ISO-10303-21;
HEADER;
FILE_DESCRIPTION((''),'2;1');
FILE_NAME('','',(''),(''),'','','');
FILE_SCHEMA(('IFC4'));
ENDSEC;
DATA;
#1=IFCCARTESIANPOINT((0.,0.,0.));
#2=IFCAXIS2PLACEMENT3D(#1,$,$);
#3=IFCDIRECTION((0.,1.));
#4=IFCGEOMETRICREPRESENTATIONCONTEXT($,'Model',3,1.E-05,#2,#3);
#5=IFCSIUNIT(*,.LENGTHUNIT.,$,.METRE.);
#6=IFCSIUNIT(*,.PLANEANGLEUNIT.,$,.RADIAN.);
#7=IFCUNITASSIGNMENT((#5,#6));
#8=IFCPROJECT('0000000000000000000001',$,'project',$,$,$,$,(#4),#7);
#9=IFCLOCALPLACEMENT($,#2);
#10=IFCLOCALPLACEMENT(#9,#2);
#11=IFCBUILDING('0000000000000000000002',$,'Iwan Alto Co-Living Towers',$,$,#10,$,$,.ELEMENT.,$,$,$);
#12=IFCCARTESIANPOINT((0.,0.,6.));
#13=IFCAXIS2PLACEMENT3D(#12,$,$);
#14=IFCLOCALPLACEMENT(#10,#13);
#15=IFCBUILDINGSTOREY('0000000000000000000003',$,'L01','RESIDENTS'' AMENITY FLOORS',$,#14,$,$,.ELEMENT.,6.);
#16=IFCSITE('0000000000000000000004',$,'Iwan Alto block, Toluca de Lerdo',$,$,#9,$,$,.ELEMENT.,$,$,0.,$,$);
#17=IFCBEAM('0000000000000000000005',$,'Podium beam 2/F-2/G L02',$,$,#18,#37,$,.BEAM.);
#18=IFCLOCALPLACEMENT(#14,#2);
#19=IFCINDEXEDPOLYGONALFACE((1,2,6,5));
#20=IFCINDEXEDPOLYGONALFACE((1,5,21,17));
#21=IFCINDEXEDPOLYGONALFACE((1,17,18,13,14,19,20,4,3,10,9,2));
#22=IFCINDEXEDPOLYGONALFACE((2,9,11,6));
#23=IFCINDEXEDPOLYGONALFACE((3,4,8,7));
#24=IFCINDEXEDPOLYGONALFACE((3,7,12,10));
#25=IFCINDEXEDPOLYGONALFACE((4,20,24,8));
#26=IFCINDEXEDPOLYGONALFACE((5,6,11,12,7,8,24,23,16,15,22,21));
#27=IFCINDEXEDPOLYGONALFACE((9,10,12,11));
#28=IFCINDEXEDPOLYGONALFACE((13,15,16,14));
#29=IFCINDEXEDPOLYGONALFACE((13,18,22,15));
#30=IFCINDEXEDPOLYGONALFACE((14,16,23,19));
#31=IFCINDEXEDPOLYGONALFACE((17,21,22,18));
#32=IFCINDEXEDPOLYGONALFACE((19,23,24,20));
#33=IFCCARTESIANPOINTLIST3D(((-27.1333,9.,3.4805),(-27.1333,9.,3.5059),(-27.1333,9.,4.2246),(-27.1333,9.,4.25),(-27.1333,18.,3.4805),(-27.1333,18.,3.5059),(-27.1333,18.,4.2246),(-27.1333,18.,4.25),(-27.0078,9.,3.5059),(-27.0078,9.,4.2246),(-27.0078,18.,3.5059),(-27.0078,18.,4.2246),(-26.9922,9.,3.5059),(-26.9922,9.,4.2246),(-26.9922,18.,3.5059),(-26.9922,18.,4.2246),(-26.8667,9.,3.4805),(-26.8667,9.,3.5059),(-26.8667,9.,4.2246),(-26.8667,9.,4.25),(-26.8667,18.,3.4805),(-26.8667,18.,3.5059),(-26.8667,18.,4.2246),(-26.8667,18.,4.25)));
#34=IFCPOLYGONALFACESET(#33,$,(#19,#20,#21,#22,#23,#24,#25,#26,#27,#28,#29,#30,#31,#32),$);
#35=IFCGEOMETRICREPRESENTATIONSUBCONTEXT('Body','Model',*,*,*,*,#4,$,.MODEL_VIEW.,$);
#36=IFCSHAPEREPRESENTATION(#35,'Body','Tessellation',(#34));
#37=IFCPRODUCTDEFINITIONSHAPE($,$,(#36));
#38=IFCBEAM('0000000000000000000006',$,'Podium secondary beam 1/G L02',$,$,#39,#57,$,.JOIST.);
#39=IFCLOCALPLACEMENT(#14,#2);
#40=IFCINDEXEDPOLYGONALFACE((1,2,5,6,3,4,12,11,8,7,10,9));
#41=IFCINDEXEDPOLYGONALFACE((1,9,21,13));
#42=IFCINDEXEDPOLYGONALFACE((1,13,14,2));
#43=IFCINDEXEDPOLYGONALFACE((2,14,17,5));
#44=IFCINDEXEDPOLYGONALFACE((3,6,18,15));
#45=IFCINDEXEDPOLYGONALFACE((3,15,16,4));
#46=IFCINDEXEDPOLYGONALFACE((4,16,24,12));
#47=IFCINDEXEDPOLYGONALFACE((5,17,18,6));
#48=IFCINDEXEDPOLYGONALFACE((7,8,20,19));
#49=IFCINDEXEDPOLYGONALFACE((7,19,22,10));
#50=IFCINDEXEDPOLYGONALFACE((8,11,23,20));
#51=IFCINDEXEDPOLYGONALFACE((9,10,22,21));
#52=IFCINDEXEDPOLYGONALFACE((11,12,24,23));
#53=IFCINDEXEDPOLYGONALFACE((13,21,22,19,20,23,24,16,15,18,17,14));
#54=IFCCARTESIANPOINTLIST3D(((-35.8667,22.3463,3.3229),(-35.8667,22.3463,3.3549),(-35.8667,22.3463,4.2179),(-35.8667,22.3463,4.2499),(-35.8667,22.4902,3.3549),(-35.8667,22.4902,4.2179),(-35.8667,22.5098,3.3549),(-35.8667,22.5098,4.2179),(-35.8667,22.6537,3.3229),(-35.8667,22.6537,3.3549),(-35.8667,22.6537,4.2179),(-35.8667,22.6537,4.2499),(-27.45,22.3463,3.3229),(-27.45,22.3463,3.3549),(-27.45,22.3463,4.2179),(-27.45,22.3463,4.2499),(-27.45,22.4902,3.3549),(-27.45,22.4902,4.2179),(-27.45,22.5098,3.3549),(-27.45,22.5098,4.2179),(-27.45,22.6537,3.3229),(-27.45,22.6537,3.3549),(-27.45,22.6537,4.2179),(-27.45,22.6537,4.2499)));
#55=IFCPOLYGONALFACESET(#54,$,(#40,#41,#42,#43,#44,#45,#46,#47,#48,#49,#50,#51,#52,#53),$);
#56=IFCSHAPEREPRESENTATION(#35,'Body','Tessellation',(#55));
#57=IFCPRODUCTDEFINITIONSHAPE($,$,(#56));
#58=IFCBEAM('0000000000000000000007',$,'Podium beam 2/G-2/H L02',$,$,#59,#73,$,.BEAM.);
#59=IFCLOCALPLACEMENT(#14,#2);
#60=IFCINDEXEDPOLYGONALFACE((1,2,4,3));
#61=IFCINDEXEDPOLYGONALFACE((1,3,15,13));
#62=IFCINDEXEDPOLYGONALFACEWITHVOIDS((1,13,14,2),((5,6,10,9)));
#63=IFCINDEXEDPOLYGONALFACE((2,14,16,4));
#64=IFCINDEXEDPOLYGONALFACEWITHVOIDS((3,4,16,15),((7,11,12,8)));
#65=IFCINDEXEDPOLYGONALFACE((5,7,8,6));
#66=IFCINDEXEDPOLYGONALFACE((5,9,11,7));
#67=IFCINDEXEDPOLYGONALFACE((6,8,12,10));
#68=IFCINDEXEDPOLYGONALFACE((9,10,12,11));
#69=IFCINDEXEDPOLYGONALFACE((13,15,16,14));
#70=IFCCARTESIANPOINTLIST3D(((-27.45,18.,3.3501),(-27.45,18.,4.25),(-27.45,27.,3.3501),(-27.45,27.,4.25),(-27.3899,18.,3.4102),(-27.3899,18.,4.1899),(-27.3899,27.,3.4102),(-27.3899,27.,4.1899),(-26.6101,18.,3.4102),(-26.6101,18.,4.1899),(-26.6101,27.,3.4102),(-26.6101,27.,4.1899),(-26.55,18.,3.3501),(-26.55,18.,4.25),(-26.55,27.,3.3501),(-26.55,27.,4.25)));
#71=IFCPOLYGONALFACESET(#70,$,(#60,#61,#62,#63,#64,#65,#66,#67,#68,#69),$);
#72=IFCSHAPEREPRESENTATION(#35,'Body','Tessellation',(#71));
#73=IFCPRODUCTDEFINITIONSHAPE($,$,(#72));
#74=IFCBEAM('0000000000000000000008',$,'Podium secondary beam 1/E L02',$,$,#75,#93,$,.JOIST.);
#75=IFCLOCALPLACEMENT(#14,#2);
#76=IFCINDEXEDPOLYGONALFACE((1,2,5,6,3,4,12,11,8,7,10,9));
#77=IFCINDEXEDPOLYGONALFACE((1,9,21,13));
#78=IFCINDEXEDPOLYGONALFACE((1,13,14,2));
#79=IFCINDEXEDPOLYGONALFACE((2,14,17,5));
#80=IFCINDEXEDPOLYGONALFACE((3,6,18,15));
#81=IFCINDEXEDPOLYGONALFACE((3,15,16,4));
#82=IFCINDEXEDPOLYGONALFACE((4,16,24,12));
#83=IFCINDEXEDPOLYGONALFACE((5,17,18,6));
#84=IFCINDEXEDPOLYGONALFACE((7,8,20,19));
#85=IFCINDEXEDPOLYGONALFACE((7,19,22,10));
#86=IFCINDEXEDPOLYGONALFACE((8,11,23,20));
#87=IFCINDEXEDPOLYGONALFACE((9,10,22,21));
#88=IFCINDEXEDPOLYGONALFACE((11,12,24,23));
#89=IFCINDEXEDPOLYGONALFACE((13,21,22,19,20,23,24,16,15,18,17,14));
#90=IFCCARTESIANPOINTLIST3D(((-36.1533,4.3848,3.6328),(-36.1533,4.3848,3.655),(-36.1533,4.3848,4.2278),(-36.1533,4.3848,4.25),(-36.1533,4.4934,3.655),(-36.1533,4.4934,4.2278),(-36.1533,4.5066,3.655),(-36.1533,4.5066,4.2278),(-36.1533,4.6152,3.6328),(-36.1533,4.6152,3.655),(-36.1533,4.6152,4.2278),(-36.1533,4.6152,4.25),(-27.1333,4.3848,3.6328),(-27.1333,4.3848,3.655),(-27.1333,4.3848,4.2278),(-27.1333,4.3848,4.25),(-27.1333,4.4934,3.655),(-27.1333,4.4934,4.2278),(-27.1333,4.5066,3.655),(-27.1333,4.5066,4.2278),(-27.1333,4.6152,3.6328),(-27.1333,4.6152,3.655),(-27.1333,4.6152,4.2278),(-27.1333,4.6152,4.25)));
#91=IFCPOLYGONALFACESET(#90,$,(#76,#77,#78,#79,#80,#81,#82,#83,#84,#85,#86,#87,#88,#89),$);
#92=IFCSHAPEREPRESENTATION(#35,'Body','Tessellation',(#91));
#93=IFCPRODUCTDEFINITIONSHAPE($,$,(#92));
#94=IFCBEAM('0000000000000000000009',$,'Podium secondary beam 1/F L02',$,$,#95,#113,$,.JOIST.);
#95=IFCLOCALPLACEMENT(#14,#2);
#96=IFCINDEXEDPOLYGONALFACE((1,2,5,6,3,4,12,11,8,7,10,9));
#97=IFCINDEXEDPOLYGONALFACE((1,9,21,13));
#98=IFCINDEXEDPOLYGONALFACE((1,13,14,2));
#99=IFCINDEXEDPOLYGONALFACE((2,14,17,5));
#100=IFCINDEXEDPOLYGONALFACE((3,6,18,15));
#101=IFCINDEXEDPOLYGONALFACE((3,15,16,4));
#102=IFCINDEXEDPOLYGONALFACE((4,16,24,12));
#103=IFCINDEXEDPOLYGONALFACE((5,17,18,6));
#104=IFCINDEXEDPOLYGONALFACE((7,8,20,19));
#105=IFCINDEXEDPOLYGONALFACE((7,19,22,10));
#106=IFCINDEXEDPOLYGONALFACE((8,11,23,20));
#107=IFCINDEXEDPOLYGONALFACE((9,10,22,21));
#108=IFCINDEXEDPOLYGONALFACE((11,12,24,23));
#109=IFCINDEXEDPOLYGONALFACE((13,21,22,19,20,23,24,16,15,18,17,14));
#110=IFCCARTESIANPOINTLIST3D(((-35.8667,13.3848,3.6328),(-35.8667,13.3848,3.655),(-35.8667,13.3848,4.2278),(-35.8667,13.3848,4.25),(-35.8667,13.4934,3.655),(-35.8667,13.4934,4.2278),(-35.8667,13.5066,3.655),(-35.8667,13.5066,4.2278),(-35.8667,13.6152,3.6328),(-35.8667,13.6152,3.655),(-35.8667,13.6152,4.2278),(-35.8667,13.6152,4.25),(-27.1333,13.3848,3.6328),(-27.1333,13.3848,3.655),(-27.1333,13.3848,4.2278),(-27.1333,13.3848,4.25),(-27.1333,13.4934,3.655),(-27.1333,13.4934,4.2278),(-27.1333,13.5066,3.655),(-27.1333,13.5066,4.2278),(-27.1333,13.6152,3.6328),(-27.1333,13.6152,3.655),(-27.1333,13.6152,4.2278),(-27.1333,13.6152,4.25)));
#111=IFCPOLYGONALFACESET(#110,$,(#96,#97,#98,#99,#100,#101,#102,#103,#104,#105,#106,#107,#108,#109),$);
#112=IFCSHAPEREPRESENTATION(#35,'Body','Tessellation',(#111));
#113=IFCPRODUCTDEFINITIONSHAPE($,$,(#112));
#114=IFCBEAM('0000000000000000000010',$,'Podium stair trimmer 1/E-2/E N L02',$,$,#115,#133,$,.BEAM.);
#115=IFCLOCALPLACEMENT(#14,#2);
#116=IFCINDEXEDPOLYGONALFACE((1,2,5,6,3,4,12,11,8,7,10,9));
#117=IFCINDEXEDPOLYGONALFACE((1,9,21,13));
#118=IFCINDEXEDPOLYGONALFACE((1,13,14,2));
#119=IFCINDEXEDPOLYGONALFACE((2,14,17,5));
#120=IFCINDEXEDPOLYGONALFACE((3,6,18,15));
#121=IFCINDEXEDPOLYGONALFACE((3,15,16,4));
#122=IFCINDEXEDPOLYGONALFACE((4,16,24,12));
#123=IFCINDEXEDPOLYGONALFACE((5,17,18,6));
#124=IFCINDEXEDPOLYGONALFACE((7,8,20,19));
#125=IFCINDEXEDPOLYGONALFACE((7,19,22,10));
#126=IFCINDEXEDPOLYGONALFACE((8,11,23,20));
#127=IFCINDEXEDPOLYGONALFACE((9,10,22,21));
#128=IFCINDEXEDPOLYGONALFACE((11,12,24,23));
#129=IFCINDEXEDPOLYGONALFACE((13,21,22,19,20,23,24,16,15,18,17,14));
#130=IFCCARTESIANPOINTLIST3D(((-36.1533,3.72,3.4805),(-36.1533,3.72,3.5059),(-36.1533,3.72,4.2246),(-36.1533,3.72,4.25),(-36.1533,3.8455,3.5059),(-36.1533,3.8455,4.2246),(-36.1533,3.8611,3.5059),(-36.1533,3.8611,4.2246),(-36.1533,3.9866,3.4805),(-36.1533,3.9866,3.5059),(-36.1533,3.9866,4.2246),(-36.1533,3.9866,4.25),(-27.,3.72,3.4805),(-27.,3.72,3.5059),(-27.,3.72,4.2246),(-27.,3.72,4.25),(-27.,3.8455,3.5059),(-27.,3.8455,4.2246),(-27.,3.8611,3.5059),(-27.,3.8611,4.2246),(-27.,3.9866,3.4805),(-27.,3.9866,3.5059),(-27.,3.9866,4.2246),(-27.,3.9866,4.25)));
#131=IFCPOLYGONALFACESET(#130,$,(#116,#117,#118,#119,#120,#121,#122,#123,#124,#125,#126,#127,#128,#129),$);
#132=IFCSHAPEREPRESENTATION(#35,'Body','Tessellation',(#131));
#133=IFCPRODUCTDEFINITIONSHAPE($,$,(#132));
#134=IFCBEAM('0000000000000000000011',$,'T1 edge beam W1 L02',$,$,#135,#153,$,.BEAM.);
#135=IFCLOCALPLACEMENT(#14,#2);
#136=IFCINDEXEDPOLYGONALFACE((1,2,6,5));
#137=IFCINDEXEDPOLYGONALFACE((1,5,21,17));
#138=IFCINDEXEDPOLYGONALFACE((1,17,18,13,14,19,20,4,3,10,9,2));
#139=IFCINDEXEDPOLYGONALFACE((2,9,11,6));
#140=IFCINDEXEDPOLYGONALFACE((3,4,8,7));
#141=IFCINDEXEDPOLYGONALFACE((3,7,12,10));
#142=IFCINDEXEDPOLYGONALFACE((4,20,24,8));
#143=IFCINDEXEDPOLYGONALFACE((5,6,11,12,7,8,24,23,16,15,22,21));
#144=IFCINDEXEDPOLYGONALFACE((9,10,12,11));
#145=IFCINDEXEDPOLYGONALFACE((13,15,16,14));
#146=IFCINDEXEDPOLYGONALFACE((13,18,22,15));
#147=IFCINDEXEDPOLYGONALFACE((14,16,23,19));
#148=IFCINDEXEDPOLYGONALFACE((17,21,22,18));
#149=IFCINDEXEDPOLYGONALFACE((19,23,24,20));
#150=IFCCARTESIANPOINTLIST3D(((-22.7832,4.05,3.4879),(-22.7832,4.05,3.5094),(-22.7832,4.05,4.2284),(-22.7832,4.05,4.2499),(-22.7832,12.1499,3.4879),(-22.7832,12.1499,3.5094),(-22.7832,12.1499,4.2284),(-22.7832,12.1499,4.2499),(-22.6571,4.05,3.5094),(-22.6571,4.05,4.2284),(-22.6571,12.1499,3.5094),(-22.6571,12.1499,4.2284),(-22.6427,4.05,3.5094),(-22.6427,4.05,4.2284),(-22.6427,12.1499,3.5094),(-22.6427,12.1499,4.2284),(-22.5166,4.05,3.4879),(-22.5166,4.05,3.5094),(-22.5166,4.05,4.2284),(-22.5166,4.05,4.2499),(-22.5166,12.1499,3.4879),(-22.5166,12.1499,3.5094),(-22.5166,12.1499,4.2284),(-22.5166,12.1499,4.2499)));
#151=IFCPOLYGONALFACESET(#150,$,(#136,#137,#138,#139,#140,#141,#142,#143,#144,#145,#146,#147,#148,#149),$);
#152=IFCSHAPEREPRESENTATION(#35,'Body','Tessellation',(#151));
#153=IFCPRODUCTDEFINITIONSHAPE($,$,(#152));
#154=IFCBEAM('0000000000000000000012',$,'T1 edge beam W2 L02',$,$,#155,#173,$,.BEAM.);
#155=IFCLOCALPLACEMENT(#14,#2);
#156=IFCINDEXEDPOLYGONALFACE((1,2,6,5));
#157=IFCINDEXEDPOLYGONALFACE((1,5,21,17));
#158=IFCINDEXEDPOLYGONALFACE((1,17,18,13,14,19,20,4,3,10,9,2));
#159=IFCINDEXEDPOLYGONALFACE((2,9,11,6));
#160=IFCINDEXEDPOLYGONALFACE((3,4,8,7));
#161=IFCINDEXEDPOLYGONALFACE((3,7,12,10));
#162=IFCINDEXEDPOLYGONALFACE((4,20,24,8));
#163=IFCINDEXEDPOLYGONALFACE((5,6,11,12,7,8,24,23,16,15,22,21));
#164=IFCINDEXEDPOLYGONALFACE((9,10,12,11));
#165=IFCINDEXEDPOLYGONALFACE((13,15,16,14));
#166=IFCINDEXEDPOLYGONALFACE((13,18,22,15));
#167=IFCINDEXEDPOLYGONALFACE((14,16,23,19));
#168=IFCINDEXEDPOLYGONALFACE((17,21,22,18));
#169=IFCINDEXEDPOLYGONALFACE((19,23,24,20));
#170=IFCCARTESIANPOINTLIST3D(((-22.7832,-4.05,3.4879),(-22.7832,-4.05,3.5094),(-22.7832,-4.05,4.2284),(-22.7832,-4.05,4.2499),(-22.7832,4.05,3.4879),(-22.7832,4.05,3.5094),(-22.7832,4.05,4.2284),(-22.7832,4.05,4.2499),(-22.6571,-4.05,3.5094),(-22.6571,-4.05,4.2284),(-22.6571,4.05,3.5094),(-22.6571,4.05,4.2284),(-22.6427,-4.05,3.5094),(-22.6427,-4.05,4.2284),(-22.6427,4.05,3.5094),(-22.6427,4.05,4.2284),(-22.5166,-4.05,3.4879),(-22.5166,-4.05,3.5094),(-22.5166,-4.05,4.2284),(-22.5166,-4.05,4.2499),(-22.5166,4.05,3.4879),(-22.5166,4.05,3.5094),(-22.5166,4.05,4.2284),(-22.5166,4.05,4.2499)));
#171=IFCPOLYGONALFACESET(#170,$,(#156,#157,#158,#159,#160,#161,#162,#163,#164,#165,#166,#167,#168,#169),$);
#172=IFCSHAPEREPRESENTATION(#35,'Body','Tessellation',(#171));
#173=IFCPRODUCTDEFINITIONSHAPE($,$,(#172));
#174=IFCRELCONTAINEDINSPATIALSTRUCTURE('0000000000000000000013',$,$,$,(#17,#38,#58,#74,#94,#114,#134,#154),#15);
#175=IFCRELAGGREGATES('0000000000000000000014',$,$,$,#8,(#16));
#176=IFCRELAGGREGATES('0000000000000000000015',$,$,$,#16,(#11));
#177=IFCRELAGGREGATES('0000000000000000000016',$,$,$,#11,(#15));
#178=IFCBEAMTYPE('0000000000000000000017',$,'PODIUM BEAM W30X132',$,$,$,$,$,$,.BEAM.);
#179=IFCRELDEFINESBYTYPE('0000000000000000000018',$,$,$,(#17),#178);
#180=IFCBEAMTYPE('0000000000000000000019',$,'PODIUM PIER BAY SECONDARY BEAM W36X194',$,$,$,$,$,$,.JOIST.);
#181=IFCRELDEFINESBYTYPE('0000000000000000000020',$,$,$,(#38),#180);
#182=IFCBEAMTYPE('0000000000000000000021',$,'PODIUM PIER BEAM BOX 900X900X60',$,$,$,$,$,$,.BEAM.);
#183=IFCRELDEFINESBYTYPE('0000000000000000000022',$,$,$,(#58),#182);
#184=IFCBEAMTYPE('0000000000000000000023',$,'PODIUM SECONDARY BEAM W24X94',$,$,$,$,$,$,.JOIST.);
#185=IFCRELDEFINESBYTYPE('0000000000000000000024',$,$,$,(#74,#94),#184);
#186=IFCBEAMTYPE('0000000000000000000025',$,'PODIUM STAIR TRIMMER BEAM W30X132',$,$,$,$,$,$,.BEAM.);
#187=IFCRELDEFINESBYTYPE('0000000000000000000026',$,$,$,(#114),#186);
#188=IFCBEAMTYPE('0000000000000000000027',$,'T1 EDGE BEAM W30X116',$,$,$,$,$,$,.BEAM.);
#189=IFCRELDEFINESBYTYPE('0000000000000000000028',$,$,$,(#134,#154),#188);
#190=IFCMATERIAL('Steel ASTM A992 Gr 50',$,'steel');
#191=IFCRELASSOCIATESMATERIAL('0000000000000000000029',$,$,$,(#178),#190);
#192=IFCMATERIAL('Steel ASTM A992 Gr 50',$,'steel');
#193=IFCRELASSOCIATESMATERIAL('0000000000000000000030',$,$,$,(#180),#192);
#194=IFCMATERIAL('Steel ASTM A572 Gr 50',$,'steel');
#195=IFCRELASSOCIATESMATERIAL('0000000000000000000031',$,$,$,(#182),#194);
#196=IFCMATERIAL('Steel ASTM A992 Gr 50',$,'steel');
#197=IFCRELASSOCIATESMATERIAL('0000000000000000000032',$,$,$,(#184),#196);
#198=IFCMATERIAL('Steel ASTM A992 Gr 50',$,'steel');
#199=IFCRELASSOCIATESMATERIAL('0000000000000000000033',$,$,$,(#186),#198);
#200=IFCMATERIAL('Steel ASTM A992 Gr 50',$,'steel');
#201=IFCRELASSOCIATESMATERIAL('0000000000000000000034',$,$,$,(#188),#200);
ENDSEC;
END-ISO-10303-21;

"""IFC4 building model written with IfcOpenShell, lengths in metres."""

from ifc_helpers import new_model, si_unit, direction, frame, origin, origin_2d, place, context, subcontext, project, spatial, hollow_rectangle, i_section, extrude, material, material_profile, profile_set, type_object, element, save


model = new_model("IFC4")

# Units and contexts
model_context = context("Model", 3, precision=1e-05, world=origin(), true_north=direction((0.0, 1.0)))
body_context = subcontext(model_context, "Body", "Model", "MODEL_VIEW")
ifc_project = project(units=[si_unit("LENGTHUNIT", "METRE"), si_unit("PLANEANGLEUNIT", "RADIAN")], contexts=[model_context])

# Site, building, storey
site_placement = place(None, origin())
site = spatial("IfcSite", under=ifc_project, at=site_placement, Name="Iwan Alto block, Toluca de Lerdo", CompositionType="ELEMENT", RefElevation=0.0)
building_placement = place(site_placement, origin())
building = spatial("IfcBuilding", under=site, at=building_placement, Name="Iwan Alto Co-Living Towers", CompositionType="ELEMENT")
storey_placement = place(building_placement, frame((0.0, 0.0, 6.0)))
storey = spatial("IfcBuildingStorey", under=building, at=storey_placement, Name="L01", Description="RESIDENTS' AMENITY FLOORS", CompositionType="ELEMENT", Elevation=6.0)

# Beams
ifc_material_1 = material(Name="Steel ASTM A992 Gr 50", Category="steel")
ifc_material_profile_1 = material_profile(ifc_material_1, i_section(OverallWidth=0.2666, OverallDepth=0.7695, WebThickness=0.0156, FlangeThickness=0.0254, at=origin_2d()), Name="W30X132")
ifc_profile_set_1 = profile_set([ifc_material_profile_1], Name="Steel ASTM A992 Gr 50")
beam_type_1 = type_object("IfcBeamType", Name="PODIUM BEAM W30X132", PredefinedType="BEAM", material=ifc_profile_set_1)
for number, where, z_axis, x_axis, name in (
    (1, (-27.0, 9.0, 3.8652), (0.0, 1.0, 0.0), (-1.0, 0.0, 0.0), "Podium beam 2/F-2/G L02"),
):
    element("IfcBeam", number, at=place(storey_placement, frame(where, z_axis=z_axis, x_axis=x_axis)), inside=storey, type_object=beam_type_1, Name=name, PredefinedType="BEAM", context=body_context, shape_type="SweptSolid", body=[
        extrude(i_section(OverallWidth=0.2666, OverallDepth=0.7695, WebThickness=0.0156, FlangeThickness=0.0254, at=origin_2d()), origin(), (0.0, 0.0, 1.0), 9.0),
    ])
ifc_material_2 = material(Name="Steel ASTM A992 Gr 50", Category="steel")
ifc_material_profile_2 = material_profile(ifc_material_2, i_section(OverallWidth=0.3074, OverallDepth=0.927, WebThickness=0.0195, FlangeThickness=0.032, at=origin_2d()), Name="W36X194")
ifc_profile_set_2 = profile_set([ifc_material_profile_2], Name="Steel ASTM A992 Gr 50")
beam_type_2 = type_object("IfcBeamType", Name="PODIUM PIER BAY SECONDARY BEAM W36X194", PredefinedType="JOIST", material=ifc_profile_set_2)
beam_1_placement = place(storey_placement, frame((-35.8667, 22.5, 3.7864), z_axis=(1.0, 0.0, 0.0), x_axis=(0.0, 1.0, 0.0)))
element("IfcBeam", 2, at=beam_1_placement, inside=storey, type_object=beam_type_2, Name="Podium secondary beam 1/G L02", PredefinedType="JOIST", context=body_context, shape_type="SweptSolid", body=[
    extrude(i_section(OverallWidth=0.3074, OverallDepth=0.927, WebThickness=0.0195, FlangeThickness=0.032, at=origin_2d()), origin(), (0.0, 0.0, 1.0), 8.4167),
])
ifc_material_3 = material(Name="Steel ASTM A572 Gr 50", Category="steel")
ifc_material_profile_3 = material_profile(ifc_material_3, hollow_rectangle(XDim=0.8999, YDim=0.8999, WallThickness=0.0601, at=origin_2d()), Name="BOX 900X900X60")
ifc_profile_set_3 = profile_set([ifc_material_profile_3], Name="Steel ASTM A572 Gr 50")
beam_type_3 = type_object("IfcBeamType", Name="PODIUM PIER BEAM BOX 900X900X60", PredefinedType="BEAM", material=ifc_profile_set_3)
beam_2_placement = place(storey_placement, frame((-27.0, 18.0, 3.8), z_axis=(0.0, 1.0, 0.0), x_axis=(-1.0, 0.0, 0.0)))
element("IfcBeam", 3, at=beam_2_placement, inside=storey, type_object=beam_type_3, Name="Podium beam 2/G-2/H L02", PredefinedType="BEAM", context=body_context, shape_type="SweptSolid", body=[
    extrude(hollow_rectangle(XDim=0.8999, YDim=0.8999, WallThickness=0.0601, at=origin_2d()), origin(), (0.0, 0.0, 1.0), 9.0),
])
ifc_material_4 = material(Name="Steel ASTM A992 Gr 50", Category="steel")
ifc_material_profile_4 = material_profile(ifc_material_4, i_section(OverallWidth=0.2305, OverallDepth=0.6172, WebThickness=0.0132, FlangeThickness=0.0222, at=origin_2d()), Name="W24X94")
ifc_profile_set_4 = profile_set([ifc_material_profile_4], Name="Steel ASTM A992 Gr 50")
beam_type_4 = type_object("IfcBeamType", Name="PODIUM SECONDARY BEAM W24X94", PredefinedType="JOIST", material=ifc_profile_set_4)
beam_3_placement = place(storey_placement, frame((-36.1533, 4.5, 3.9414), z_axis=(1.0, 0.0, 0.0), x_axis=(0.0, 1.0, 0.0)))
element("IfcBeam", 4, at=beam_3_placement, inside=storey, type_object=beam_type_4, Name="Podium secondary beam 1/E L02", PredefinedType="JOIST", context=body_context, shape_type="SweptSolid", body=[
    extrude(i_section(OverallWidth=0.2305, OverallDepth=0.6172, WebThickness=0.0132, FlangeThickness=0.0222, at=origin_2d()), origin(), (0.0, 0.0, 1.0), 9.02),
])
beam_4_placement = place(storey_placement, frame((-35.8667, 13.5, 3.9414), z_axis=(1.0, 0.0, 0.0), x_axis=(0.0, 1.0, 0.0)))
element("IfcBeam", 5, at=beam_4_placement, inside=storey, type_object=beam_type_4, Name="Podium secondary beam 1/F L02", PredefinedType="JOIST", context=body_context, shape_type="SweptSolid", body=[
    extrude(i_section(OverallWidth=0.2305, OverallDepth=0.6172, WebThickness=0.0132, FlangeThickness=0.0222, at=origin_2d()), origin(), (0.0, 0.0, 1.0), 8.7334),
])
ifc_material_5 = material(Name="Steel ASTM A992 Gr 50", Category="steel")
ifc_material_profile_5 = material_profile(ifc_material_5, i_section(OverallWidth=0.2666, OverallDepth=0.7695, WebThickness=0.0156, FlangeThickness=0.0254, at=origin_2d()), Name="W30X132")
ifc_profile_set_5 = profile_set([ifc_material_profile_5], Name="Steel ASTM A992 Gr 50")
beam_type_5 = type_object("IfcBeamType", Name="PODIUM STAIR TRIMMER BEAM W30X132", PredefinedType="BEAM", material=ifc_profile_set_5)
beam_5_placement = place(storey_placement, frame((-36.1533, 3.8533, 3.8652), z_axis=(1.0, 0.0, 0.0), x_axis=(0.0, 1.0, 0.0)))
element("IfcBeam", 6, at=beam_5_placement, inside=storey, type_object=beam_type_5, Name="Podium stair trimmer 1/E-2/E N L02", PredefinedType="BEAM", context=body_context, shape_type="SweptSolid", body=[
    extrude(i_section(OverallWidth=0.2666, OverallDepth=0.7695, WebThickness=0.0156, FlangeThickness=0.0254, at=origin_2d()), origin(), (0.0, 0.0, 1.0), 9.1533),
])
ifc_material_6 = material(Name="Steel ASTM A992 Gr 50", Category="steel")
ifc_material_profile_6 = material_profile(ifc_material_6, i_section(OverallWidth=0.2666, OverallDepth=0.762, WebThickness=0.0144, FlangeThickness=0.0215, at=origin_2d()), Name="W30X116")
ifc_profile_set_6 = profile_set([ifc_material_profile_6], Name="Steel ASTM A992 Gr 50")
beam_type_6 = type_object("IfcBeamType", Name="T1 EDGE BEAM W30X116", PredefinedType="BEAM", material=ifc_profile_set_6)
beam_6_placement = place(storey_placement, frame((-22.6499, 12.1499, 3.8689), z_axis=(0.0, -1.0, 0.0), x_axis=(1.0, 0.0, 0.0)))
element("IfcBeam", 7, at=beam_6_placement, inside=storey, type_object=beam_type_6, Name="T1 edge beam W1 L02", PredefinedType="BEAM", context=body_context, shape_type="SweptSolid", body=[
    extrude(i_section(OverallWidth=0.2666, OverallDepth=0.762, WebThickness=0.0144, FlangeThickness=0.0215, at=origin_2d()), origin(), (0.0, 0.0, 1.0), 8.0999),
])
beam_7_placement = place(storey_placement, frame((-22.6499, 4.05, 3.8689), z_axis=(0.0, -1.0, 0.0), x_axis=(1.0, 0.0, 0.0)))
element("IfcBeam", 8, at=beam_7_placement, inside=storey, type_object=beam_type_6, Name="T1 edge beam W2 L02", PredefinedType="BEAM", context=body_context, shape_type="SweptSolid", body=[
    extrude(i_section(OverallWidth=0.2666, OverallDepth=0.762, WebThickness=0.0144, FlangeThickness=0.0215, at=origin_2d()), origin(), (0.0, 0.0, 1.0), 8.1001),
])

save(model, "model.ifc")
